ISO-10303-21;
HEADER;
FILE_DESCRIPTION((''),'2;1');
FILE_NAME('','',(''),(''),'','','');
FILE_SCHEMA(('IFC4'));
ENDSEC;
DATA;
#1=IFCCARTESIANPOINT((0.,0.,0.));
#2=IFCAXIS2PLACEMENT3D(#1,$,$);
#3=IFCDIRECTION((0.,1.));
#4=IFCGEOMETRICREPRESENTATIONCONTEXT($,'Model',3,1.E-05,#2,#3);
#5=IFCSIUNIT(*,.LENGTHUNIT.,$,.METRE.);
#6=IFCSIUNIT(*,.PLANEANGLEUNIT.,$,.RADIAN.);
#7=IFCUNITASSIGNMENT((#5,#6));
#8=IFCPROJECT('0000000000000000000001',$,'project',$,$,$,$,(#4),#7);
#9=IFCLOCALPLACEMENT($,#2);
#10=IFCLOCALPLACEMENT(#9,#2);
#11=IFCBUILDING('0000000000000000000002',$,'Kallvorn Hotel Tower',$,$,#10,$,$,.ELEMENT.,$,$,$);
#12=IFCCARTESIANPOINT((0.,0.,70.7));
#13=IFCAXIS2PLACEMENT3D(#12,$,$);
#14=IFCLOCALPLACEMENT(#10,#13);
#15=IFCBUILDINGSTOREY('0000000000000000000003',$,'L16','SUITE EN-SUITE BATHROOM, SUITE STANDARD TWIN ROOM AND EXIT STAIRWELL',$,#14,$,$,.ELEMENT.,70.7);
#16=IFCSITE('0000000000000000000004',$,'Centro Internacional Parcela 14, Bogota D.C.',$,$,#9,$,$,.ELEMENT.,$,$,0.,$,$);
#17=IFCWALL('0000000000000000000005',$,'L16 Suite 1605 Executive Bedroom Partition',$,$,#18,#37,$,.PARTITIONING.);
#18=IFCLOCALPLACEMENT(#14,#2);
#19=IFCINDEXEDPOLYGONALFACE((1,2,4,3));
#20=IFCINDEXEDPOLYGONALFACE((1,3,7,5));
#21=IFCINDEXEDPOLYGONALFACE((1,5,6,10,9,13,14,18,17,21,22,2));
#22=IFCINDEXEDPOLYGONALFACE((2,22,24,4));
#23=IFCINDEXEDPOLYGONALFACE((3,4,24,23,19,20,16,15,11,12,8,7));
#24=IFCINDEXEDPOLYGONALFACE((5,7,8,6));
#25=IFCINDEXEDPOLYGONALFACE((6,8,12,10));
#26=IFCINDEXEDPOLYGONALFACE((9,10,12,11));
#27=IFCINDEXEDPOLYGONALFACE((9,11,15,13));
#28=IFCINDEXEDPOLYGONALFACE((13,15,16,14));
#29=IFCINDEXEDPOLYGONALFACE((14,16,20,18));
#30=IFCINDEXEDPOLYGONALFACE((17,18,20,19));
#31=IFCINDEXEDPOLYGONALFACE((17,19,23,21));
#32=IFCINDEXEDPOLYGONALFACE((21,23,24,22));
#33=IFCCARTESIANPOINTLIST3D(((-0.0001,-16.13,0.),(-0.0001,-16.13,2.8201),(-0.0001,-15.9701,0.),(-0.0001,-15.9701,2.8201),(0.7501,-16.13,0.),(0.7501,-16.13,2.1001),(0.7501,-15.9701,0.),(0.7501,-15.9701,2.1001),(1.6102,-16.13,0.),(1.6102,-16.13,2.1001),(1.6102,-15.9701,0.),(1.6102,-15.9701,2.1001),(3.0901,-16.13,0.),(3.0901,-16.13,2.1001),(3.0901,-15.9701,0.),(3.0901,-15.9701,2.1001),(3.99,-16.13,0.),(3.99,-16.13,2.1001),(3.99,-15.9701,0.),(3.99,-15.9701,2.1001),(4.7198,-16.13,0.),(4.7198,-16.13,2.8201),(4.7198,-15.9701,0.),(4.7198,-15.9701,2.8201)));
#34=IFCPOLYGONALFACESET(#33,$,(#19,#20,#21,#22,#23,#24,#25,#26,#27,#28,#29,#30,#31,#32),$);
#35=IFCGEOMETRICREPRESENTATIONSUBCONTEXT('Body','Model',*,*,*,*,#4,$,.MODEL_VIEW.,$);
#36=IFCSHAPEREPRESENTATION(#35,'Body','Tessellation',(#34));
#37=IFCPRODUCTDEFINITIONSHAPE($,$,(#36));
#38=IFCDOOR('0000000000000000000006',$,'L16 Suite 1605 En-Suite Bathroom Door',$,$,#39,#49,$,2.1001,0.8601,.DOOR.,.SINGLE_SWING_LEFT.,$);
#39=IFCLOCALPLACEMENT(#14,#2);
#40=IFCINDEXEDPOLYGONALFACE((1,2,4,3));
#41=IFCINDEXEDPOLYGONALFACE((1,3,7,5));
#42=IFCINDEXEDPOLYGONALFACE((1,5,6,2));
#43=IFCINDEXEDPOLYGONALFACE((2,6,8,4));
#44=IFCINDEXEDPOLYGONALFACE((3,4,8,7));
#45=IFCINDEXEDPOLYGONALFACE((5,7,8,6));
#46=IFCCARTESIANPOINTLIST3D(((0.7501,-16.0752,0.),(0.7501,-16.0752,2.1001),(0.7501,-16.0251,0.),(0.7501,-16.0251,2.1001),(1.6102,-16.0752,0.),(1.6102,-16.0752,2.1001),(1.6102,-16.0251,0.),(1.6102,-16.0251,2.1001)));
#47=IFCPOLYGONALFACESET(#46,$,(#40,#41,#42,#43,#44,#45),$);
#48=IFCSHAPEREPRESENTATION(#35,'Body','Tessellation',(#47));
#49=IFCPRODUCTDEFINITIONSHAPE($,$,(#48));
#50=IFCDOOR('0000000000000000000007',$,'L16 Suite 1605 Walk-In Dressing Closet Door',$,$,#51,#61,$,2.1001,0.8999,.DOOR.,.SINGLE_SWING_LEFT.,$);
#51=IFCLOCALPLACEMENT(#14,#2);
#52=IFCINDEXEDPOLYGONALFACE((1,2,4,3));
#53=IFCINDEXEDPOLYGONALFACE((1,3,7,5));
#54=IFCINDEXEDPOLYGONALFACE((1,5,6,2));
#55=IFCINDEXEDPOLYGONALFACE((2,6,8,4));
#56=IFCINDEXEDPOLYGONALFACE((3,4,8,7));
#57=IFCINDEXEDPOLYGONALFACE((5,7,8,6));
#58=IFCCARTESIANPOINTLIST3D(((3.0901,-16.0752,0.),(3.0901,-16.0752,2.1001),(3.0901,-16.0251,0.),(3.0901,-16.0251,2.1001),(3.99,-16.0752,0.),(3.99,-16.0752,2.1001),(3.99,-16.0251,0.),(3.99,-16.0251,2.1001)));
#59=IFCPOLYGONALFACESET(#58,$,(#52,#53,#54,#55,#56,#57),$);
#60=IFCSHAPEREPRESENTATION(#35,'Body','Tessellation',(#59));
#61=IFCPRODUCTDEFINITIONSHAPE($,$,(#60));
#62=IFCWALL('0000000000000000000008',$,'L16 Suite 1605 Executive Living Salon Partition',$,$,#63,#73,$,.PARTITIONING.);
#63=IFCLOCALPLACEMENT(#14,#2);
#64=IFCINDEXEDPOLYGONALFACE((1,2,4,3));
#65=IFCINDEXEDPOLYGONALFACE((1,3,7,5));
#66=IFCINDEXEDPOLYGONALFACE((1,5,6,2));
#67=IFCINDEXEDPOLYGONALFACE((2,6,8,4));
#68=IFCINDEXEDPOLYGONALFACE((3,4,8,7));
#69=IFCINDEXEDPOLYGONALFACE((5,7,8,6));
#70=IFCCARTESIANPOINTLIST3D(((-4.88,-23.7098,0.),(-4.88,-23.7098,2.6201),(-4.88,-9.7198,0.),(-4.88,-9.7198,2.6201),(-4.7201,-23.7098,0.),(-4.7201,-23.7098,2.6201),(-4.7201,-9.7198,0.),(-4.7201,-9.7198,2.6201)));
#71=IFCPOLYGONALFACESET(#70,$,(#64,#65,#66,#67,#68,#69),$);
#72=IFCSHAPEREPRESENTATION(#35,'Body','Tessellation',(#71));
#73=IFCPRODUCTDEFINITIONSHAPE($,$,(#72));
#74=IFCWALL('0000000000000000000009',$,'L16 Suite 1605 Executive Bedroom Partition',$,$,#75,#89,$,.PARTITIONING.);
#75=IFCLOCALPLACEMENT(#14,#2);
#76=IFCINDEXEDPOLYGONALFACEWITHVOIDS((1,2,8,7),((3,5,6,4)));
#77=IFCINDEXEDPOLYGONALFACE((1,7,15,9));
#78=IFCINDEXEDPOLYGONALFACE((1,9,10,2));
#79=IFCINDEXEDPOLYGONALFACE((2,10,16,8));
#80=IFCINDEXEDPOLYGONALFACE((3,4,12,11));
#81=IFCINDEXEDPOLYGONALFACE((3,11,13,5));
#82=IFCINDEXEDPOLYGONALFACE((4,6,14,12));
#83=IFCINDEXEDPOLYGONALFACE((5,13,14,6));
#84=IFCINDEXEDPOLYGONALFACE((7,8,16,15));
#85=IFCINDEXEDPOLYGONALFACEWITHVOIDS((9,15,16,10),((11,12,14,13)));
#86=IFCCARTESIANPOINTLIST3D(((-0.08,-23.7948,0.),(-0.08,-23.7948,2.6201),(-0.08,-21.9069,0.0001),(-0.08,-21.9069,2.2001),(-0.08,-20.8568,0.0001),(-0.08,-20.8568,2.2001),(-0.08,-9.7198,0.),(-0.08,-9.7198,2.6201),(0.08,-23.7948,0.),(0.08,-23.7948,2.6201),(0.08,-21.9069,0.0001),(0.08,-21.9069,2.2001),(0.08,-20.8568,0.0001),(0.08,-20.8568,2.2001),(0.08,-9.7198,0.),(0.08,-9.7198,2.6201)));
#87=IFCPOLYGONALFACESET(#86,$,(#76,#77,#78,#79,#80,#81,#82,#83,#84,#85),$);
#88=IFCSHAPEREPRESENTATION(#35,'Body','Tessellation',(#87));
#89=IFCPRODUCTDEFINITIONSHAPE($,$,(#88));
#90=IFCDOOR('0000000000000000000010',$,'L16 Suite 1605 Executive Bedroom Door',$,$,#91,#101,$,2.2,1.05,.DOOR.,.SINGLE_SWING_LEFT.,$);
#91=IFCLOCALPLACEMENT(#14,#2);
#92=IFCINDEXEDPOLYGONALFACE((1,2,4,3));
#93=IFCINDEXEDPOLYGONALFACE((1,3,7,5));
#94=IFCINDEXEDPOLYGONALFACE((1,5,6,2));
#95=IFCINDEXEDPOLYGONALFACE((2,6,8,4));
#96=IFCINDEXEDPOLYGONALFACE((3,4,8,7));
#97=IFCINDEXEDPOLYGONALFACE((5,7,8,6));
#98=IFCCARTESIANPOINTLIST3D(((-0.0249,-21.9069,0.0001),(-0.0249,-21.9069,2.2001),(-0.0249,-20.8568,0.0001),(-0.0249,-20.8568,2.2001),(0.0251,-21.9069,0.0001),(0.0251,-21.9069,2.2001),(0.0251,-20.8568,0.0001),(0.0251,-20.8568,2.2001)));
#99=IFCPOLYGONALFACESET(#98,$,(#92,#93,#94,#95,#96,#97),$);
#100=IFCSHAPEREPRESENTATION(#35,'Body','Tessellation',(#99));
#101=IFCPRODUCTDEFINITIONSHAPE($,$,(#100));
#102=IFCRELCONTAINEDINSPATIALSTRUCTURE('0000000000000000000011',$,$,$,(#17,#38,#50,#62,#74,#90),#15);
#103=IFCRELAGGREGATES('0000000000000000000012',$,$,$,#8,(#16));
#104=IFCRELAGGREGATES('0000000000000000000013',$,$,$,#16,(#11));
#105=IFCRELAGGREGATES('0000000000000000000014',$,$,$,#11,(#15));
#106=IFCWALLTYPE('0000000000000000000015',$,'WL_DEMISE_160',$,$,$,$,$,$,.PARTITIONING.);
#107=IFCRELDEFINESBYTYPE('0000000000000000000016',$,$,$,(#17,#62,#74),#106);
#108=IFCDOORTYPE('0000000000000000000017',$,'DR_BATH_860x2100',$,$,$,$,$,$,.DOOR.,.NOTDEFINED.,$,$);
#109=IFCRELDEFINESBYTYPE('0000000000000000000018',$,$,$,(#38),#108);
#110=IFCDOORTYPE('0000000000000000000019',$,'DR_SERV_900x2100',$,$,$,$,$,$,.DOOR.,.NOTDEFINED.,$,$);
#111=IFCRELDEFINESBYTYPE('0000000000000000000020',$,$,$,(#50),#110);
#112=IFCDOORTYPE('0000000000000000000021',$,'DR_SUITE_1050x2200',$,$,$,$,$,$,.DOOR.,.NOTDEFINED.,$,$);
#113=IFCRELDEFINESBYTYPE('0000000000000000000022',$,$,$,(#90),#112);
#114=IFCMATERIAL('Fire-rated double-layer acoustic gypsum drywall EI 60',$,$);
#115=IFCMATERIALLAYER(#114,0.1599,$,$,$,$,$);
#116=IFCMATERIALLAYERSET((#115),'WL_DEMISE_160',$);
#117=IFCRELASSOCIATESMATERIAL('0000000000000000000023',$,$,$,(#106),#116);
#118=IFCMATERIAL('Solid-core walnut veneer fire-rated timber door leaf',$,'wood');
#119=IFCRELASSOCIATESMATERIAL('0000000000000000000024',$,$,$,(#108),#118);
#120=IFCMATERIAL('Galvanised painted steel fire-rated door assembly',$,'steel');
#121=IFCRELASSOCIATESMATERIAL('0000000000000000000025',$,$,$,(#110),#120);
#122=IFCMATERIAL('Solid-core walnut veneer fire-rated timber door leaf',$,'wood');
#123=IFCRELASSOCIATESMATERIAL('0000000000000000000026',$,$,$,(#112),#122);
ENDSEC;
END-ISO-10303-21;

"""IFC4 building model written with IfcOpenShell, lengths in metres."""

from ifc_helpers import new_model, si_unit, direction, frame, frame_2d, origin, place, context, subcontext, project, spatial, rectangle, extrude, material, layer, layer_set, type_object, element, fill, save


model = new_model("IFC4")

# Units and contexts
model_context = context("Model", 3, precision=1e-05, world=origin(), true_north=direction((0.0, 1.0)))
body_context = subcontext(model_context, "Body", "Model", "MODEL_VIEW")
ifc_project = project(units=[si_unit("LENGTHUNIT", "METRE"), si_unit("PLANEANGLEUNIT", "RADIAN")], contexts=[model_context])

# Site, building, storey
site_placement = place(None, origin())
site = spatial("IfcSite", under=ifc_project, at=site_placement, Name="Centro Internacional Parcela 14, Bogota D.C.", CompositionType="ELEMENT", RefElevation=0.0)
building_placement = place(site_placement, origin())
building = spatial("IfcBuilding", under=site, at=building_placement, Name="Kallvorn Hotel Tower", CompositionType="ELEMENT")
storey_placement = place(building_placement, frame((0.0, 0.0, 70.7)))
storey = spatial("IfcBuildingStorey", under=building, at=storey_placement, Name="L16", Description="SUITE EN-SUITE BATHROOM, SUITE STANDARD TWIN ROOM AND EXIT STAIRWELL", CompositionType="ELEMENT", Elevation=70.7)

# Wall, openings, doors
ifc_material_1 = material(Name="Fire-rated double-layer acoustic gypsum drywall EI 60")
ifc_layer_1 = layer(ifc_material_1, 0.1599)
ifc_layer_set_1 = layer_set([ifc_layer_1], Name="WL_DEMISE_160")
wall_type = type_object("IfcWallType", Name="WL_DEMISE_160", PredefinedType="PARTITIONING", material=ifc_layer_set_1)
wall_1_placement = place(storey_placement, frame((0.0, -16.05, 0.0), z_axis=(0.0, 0.0, 1.0), x_axis=(1.0, 0.0, 0.0)))
wall_1 = element("IfcWall", 1, at=wall_1_placement, inside=storey, type_object=wall_type, Name="L16 Suite 1605 Executive Bedroom Partition", PredefinedType="PARTITIONING", context=body_context, shape_type="SweptSolid", body=[
    extrude(rectangle(XDim=4.72, YDim=0.1599, at=frame_2d((2.3599, 0.0))), origin(), (0.0, 0.0, 1.0), 2.8201),
])
opening_1_placement = place(wall_1_placement, frame((0.75, 0.0, 0.0)))
opening_1 = element("IfcOpeningElement", 2, at=opening_1_placement, cuts=wall_1, PredefinedType="OPENING", context=body_context, shape_type="SweptSolid", body=[
    extrude(rectangle(XDim=0.8601, YDim=2.1001, at=frame_2d((0.4302, 1.05))), frame((0.0, 0.095, 0.0), z_axis=(0.0, -1.0, 0.0), x_axis=(1.0, 0.0, 0.0)), (0.0, 0.0, 1.0), 0.1899),
])
opening_2_placement = place(wall_1_placement, frame((3.0901, 0.0, 0.0)))
opening_2 = element("IfcOpeningElement", 3, at=opening_2_placement, cuts=wall_1, PredefinedType="OPENING", context=body_context, shape_type="SweptSolid", body=[
    extrude(rectangle(XDim=0.8999, YDim=2.1001, at=frame_2d((0.45, 1.05))), frame((0.0, 0.095, 0.0), z_axis=(0.0, -1.0, 0.0), x_axis=(1.0, 0.0, 0.0)), (0.0, 0.0, 1.0), 0.1899),
])
ifc_material_2 = material(Name="Solid-core walnut veneer fire-rated timber door leaf", Category="wood")
door_type_1 = type_object("IfcDoorType", Name="DR_BATH_860x2100", OperationType="NOTDEFINED", PredefinedType="DOOR", material=ifc_material_2)
door_1_placement = place(opening_1_placement, origin())
door_1 = element("IfcDoor", 4, at=door_1_placement, inside=storey, type_object=door_type_1, Name="L16 Suite 1605 En-Suite Bathroom Door", OperationType="SINGLE_SWING_LEFT", OverallHeight=2.1001, OverallWidth=0.8601, PredefinedType="DOOR", context=body_context, shape_type="SweptSolid", body=[
    extrude(rectangle(XDim=0.8601, YDim=2.1001, at=frame_2d((0.4302, 1.05))), frame((0.0, 0.0249, 0.0), z_axis=(0.0, -1.0, 0.0), x_axis=(1.0, 0.0, 0.0)), (0.0, 0.0, 1.0), 0.05),
])
fill(opening_1, door_1)
ifc_material_3 = material(Name="Galvanised painted steel fire-rated door assembly", Category="steel")
door_type_2 = type_object("IfcDoorType", Name="DR_SERV_900x2100", OperationType="NOTDEFINED", PredefinedType="DOOR", material=ifc_material_3)
door_2_placement = place(opening_2_placement, origin())
door_2 = element("IfcDoor", 5, at=door_2_placement, inside=storey, type_object=door_type_2, Name="L16 Suite 1605 Walk-In Dressing Closet Door", OperationType="SINGLE_SWING_LEFT", OverallHeight=2.1001, OverallWidth=0.8999, PredefinedType="DOOR", context=body_context, shape_type="SweptSolid", body=[
    extrude(rectangle(XDim=0.8999, YDim=2.1001, at=frame_2d((0.45, 1.05))), frame((0.0, 0.0249, 0.0), z_axis=(0.0, -1.0, 0.0), x_axis=(1.0, 0.0, 0.0)), (0.0, 0.0, 1.0), 0.05),
])
fill(opening_2, door_2)

# Wall
wall_2_placement = place(storey_placement, frame((-4.8, -23.71, 0.0), z_axis=(0.0, 0.0, 1.0), x_axis=(0.0, 1.0, 0.0)))
element("IfcWall", 6, at=wall_2_placement, inside=storey, type_object=wall_type, Name="L16 Suite 1605 Executive Living Salon Partition", PredefinedType="PARTITIONING", context=body_context, shape_type="SweptSolid", body=[
    extrude(rectangle(XDim=13.99, YDim=0.1599, at=frame_2d((6.9951, 0.0))), origin(), (0.0, 0.0, 1.0), 2.6201),
])

# Wall, opening, door
wall_3_placement = place(storey_placement, frame((0.0, -23.7949, 0.0), z_axis=(0.0, 0.0, 1.0), x_axis=(0.0, 1.0, 0.0)))
wall_3 = element("IfcWall", 7, at=wall_3_placement, inside=storey, type_object=wall_type, Name="L16 Suite 1605 Executive Bedroom Partition", PredefinedType="PARTITIONING", context=body_context, shape_type="SweptSolid", body=[
    extrude(rectangle(XDim=14.075, YDim=0.1599, at=frame_2d((7.0376, 0.0))), origin(), (0.0, 0.0, 1.0), 2.6201),
])
opening_3_placement = place(wall_3_placement, frame((1.8882, 0.0, 0.0)))
opening_3 = element("IfcOpeningElement", 8, at=opening_3_placement, cuts=wall_3, PredefinedType="OPENING", context=body_context, shape_type="SweptSolid", body=[
    extrude(rectangle(XDim=1.05, YDim=2.2, at=frame_2d((0.5249, 1.1001))), frame((0.0, 0.095, 0.0), z_axis=(0.0, -1.0, 0.0), x_axis=(1.0, 0.0, 0.0)), (0.0, 0.0, 1.0), 0.1899),
])
ifc_material_4 = material(Name="Solid-core walnut veneer fire-rated timber door leaf", Category="wood")
door_type_3 = type_object("IfcDoorType", Name="DR_SUITE_1050x2200", OperationType="NOTDEFINED", PredefinedType="DOOR", material=ifc_material_4)
door_3_placement = place(opening_3_placement, origin())
door_3 = element("IfcDoor", 9, at=door_3_placement, inside=storey, type_object=door_type_3, Name="L16 Suite 1605 Executive Bedroom Door", OperationType="SINGLE_SWING_LEFT", OverallHeight=2.2, OverallWidth=1.05, PredefinedType="DOOR", context=body_context, shape_type="SweptSolid", body=[
    extrude(rectangle(XDim=1.05, YDim=2.2, at=frame_2d((0.5249, 1.1001))), frame((0.0, 0.0249, 0.0), z_axis=(0.0, -1.0, 0.0), x_axis=(1.0, 0.0, 0.0)), (0.0, 0.0, 1.0), 0.05),
])
fill(opening_3, door_3)

save(model, "model.ifc")
